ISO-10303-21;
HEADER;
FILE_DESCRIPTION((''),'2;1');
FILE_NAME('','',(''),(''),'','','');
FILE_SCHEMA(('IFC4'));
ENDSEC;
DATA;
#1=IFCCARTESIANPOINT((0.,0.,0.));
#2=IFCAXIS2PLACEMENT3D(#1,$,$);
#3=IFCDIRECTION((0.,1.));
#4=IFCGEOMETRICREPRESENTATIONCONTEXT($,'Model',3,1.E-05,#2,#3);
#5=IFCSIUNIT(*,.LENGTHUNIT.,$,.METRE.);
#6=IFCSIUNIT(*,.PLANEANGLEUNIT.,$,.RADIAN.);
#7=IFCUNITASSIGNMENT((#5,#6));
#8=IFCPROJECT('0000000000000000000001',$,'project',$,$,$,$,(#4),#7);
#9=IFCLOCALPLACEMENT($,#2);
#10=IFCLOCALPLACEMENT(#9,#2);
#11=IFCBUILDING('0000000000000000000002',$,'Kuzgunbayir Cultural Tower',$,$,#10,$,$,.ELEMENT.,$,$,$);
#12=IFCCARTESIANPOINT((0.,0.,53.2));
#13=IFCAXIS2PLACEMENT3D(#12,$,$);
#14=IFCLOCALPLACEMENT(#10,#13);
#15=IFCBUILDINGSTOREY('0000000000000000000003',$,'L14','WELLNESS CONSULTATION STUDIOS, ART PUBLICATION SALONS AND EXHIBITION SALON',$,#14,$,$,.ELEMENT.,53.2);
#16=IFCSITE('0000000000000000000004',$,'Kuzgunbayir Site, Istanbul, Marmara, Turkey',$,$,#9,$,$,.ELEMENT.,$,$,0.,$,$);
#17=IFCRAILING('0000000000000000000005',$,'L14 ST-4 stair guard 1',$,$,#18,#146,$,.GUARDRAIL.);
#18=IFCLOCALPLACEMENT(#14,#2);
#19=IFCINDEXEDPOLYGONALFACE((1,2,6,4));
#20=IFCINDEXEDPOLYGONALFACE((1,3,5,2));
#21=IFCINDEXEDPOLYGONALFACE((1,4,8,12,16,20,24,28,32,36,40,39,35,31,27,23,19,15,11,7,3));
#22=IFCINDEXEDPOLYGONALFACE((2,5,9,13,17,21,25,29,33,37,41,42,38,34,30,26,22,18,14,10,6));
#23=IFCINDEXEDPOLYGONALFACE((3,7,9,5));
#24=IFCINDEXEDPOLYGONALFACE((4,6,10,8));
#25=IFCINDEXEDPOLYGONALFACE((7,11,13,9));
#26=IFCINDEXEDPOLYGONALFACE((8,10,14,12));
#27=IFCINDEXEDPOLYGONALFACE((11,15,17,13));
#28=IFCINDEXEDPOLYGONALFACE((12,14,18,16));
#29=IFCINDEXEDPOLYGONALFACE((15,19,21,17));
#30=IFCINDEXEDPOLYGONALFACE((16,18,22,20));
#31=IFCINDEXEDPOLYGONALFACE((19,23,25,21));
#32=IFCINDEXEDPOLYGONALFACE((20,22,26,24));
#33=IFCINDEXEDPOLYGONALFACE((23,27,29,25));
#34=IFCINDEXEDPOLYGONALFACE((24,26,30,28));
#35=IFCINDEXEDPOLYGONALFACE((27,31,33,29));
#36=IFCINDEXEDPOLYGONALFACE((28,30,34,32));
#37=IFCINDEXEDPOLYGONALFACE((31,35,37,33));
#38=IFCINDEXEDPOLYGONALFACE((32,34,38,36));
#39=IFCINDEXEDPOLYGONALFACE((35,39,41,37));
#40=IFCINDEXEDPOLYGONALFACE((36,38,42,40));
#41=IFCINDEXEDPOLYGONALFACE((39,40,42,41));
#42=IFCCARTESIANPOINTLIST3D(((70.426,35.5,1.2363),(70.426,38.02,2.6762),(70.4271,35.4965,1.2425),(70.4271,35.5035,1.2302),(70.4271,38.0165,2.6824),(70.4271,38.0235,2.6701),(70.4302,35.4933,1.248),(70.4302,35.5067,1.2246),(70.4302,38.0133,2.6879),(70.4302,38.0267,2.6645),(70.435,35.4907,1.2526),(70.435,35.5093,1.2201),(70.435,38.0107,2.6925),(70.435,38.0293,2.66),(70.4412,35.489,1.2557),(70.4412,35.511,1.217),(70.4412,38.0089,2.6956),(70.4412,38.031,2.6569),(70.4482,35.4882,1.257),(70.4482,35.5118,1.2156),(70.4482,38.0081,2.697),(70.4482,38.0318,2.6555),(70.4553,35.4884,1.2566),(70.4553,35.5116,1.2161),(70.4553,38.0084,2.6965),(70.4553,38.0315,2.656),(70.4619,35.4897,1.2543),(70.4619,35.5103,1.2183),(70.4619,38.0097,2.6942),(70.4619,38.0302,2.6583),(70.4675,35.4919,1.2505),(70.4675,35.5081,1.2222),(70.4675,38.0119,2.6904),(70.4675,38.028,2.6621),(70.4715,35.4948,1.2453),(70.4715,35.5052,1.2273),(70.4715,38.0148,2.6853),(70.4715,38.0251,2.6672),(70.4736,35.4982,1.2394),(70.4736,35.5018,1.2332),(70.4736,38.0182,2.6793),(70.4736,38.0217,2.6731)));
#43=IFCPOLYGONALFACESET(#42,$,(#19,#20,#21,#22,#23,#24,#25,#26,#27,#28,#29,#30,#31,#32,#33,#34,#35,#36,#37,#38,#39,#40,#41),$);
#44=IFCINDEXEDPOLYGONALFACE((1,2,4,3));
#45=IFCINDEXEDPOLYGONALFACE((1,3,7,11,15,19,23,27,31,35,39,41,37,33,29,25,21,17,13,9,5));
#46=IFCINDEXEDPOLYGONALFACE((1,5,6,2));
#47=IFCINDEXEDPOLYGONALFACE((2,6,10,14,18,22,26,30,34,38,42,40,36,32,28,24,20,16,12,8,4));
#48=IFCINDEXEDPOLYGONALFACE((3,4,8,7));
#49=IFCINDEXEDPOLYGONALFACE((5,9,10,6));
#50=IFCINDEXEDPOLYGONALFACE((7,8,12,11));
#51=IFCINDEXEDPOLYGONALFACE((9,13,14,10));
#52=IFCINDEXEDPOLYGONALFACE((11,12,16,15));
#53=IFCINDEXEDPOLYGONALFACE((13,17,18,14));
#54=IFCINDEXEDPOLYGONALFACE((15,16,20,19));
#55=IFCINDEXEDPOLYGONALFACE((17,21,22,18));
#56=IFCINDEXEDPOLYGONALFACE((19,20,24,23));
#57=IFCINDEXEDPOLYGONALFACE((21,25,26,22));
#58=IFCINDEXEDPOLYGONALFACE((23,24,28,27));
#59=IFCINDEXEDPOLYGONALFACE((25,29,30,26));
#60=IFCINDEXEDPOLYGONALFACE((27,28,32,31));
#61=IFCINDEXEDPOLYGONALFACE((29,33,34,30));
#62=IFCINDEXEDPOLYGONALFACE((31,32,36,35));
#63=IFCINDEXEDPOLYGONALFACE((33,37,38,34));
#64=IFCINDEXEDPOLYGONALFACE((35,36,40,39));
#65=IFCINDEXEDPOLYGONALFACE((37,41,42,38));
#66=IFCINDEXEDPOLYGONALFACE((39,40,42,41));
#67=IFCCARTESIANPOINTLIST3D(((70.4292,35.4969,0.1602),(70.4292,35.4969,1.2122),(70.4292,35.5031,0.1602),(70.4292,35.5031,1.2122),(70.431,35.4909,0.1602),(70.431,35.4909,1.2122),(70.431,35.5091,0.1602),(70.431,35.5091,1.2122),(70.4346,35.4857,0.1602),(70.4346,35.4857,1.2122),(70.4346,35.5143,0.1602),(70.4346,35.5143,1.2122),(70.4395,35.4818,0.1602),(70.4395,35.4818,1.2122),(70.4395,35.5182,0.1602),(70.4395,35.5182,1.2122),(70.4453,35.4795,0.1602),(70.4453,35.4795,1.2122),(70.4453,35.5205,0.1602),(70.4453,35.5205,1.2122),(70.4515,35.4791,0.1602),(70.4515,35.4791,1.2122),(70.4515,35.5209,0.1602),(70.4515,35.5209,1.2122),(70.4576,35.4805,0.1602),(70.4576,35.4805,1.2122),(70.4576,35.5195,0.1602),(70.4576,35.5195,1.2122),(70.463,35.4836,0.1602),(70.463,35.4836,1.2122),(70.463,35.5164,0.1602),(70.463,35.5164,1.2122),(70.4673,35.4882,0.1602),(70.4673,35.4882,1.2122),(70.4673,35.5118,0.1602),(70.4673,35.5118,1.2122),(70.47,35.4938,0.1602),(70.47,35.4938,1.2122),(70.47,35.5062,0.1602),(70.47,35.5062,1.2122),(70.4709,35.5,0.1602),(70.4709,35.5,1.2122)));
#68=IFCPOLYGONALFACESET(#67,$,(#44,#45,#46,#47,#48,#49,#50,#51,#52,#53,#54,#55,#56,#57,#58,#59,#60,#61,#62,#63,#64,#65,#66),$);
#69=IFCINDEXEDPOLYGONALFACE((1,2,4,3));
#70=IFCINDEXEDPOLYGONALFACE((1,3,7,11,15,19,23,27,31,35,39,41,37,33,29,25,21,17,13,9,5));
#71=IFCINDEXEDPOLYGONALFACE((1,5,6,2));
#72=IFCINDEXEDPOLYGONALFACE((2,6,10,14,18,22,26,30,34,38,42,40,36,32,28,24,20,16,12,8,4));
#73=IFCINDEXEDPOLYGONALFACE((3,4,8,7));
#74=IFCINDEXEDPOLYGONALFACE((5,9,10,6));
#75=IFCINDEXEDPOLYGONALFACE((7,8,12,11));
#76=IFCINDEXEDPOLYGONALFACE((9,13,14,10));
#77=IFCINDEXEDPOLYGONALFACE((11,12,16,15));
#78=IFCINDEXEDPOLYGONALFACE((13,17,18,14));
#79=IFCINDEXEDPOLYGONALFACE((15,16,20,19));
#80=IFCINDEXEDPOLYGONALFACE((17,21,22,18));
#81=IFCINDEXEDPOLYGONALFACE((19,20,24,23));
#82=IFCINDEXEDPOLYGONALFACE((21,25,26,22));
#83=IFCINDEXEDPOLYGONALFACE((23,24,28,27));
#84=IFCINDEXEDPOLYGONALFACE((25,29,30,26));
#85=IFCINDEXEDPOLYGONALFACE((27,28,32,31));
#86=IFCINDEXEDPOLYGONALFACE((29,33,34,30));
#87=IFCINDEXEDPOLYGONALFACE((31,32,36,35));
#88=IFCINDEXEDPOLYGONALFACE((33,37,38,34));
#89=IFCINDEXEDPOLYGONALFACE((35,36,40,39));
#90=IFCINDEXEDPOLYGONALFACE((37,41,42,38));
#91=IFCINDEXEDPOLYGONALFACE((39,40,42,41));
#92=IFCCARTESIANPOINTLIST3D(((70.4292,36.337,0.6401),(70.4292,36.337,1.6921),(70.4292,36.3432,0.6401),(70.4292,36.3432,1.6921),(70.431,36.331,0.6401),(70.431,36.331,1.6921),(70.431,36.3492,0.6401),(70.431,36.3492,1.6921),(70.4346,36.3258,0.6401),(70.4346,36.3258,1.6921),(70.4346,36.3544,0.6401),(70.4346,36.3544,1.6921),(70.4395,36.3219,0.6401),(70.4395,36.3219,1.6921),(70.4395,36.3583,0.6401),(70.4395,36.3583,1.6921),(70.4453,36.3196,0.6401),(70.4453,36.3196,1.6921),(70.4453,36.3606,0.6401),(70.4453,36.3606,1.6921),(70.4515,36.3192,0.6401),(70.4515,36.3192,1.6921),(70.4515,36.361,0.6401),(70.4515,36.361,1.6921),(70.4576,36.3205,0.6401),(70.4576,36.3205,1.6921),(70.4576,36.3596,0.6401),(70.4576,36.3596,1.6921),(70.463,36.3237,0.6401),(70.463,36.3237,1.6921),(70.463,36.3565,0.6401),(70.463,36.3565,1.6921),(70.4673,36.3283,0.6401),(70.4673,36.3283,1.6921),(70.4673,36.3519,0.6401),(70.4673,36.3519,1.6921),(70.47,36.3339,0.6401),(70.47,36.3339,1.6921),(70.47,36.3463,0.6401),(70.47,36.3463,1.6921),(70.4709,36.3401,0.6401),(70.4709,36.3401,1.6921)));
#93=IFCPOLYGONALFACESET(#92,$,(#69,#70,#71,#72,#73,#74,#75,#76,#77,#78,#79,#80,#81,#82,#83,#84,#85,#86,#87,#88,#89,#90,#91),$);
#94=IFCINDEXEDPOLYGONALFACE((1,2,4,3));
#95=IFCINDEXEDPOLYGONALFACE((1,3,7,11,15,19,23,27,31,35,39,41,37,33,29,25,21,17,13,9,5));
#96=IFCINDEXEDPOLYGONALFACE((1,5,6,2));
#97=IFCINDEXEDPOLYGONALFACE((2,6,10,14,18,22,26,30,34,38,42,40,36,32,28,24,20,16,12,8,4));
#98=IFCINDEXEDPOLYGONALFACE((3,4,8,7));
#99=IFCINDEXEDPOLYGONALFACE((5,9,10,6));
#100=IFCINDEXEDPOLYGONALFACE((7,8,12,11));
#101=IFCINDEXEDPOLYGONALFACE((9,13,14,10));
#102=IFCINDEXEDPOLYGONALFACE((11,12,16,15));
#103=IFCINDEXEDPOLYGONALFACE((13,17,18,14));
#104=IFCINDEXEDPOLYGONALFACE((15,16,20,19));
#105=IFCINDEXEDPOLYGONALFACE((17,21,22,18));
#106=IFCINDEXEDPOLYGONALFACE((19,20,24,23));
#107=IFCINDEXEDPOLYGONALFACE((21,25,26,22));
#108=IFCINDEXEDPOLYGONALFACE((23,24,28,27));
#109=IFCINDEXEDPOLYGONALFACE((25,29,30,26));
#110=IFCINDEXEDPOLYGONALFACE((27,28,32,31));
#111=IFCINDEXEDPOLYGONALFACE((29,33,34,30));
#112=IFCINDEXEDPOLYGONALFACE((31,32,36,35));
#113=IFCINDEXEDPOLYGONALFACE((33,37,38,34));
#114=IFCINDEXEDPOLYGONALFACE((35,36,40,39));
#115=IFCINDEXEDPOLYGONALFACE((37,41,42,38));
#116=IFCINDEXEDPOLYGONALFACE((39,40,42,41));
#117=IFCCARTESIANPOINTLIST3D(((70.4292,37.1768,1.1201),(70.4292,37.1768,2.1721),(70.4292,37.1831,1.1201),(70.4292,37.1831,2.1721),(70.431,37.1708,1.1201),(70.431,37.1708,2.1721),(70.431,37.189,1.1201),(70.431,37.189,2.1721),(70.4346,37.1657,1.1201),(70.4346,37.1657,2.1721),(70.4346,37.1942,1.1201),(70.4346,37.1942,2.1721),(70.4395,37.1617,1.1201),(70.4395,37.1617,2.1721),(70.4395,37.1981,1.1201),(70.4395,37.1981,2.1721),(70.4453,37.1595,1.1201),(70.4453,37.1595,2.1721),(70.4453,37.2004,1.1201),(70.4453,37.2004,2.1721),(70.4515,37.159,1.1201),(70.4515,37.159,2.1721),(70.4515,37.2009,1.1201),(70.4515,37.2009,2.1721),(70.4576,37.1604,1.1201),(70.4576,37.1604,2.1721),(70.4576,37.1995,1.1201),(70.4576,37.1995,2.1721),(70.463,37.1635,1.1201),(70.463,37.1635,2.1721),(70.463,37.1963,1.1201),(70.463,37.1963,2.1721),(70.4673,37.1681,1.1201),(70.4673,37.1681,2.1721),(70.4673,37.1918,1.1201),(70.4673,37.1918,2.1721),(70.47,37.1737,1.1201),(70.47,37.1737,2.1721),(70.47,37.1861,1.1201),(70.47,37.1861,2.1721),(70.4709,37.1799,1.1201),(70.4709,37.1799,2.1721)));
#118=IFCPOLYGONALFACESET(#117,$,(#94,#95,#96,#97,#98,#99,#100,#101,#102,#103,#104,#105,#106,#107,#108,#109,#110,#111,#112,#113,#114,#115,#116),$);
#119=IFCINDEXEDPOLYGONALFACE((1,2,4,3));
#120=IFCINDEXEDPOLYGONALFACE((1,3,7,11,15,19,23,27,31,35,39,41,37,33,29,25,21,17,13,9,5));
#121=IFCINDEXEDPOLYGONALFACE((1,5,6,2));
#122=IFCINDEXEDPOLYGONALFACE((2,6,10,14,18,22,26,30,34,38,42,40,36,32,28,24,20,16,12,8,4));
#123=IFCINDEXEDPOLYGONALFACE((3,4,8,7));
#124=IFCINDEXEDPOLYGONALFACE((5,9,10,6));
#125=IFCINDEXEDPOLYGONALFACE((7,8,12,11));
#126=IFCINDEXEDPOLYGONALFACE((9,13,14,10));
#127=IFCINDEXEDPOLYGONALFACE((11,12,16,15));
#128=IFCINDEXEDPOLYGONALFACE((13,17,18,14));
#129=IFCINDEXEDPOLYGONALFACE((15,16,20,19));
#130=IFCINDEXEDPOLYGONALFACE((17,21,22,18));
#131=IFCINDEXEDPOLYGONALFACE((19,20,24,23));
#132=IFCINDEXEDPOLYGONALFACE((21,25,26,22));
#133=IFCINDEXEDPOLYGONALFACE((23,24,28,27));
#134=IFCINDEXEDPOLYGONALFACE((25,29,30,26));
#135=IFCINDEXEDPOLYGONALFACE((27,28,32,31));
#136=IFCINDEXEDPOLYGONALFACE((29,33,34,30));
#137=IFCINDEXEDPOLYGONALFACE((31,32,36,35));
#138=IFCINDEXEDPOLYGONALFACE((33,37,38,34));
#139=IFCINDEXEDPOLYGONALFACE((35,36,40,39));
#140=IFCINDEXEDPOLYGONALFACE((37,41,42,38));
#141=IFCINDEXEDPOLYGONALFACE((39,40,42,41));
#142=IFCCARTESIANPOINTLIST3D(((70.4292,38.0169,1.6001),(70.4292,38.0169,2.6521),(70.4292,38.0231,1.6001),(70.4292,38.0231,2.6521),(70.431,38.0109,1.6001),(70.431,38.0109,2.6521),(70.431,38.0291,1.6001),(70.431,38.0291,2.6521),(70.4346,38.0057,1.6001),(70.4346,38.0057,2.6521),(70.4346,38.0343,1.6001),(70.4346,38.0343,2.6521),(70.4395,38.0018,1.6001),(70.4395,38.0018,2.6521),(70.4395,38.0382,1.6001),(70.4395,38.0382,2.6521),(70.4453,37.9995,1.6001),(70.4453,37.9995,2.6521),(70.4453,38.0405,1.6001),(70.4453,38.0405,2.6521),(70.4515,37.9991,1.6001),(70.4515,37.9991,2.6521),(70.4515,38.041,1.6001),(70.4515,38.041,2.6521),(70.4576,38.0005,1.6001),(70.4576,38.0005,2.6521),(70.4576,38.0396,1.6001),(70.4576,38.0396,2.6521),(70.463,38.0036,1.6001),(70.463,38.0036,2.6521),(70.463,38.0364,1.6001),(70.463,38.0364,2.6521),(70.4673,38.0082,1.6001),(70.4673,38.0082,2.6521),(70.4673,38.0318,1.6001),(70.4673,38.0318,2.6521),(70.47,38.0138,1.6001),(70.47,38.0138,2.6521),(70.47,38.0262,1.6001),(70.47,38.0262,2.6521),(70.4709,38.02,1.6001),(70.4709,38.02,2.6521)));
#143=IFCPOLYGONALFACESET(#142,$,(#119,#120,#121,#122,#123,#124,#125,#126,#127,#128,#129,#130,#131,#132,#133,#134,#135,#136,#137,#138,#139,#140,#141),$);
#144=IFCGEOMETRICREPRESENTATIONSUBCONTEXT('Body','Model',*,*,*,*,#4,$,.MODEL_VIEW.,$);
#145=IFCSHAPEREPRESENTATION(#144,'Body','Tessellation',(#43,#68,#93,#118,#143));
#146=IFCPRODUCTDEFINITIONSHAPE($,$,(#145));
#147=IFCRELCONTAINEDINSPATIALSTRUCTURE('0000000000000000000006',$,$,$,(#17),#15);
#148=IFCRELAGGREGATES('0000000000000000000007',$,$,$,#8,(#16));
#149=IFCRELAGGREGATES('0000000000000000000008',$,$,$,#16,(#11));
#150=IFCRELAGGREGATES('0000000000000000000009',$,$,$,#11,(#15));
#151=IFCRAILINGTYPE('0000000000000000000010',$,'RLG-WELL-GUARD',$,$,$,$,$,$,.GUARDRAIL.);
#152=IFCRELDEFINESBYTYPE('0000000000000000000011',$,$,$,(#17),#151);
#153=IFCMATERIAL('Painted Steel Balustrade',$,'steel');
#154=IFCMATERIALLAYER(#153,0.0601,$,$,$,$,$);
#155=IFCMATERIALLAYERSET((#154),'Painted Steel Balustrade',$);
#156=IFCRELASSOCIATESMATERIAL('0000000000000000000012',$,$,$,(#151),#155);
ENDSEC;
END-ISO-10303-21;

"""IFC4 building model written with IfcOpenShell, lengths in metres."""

from ifc_helpers import new_model, si_unit, direction, frame, origin, origin_2d, place, context, subcontext, project, spatial, circle, extrude, material, layer, layer_set, type_object, element, save


model = new_model("IFC4")

# Units and contexts
model_context = context("Model", 3, precision=1e-05, world=origin(), true_north=direction((0.0, 1.0)))
body_context = subcontext(model_context, "Body", "Model", "MODEL_VIEW")
ifc_project = project(units=[si_unit("LENGTHUNIT", "METRE"), si_unit("PLANEANGLEUNIT", "RADIAN")], contexts=[model_context])

# Site, building, storey
site_placement = place(None, origin())
site = spatial("IfcSite", under=ifc_project, at=site_placement, Name="Kuzgunbayir Site, Istanbul, Marmara, Turkey", CompositionType="ELEMENT", RefElevation=0.0)
building_placement = place(site_placement, origin())
building = spatial("IfcBuilding", under=site, at=building_placement, Name="Kuzgunbayir Cultural Tower", CompositionType="ELEMENT")
storey_placement = place(building_placement, frame((0.0, 0.0, 53.2)))
storey = spatial("IfcBuildingStorey", under=building, at=storey_placement, Name="L14", Description="WELLNESS CONSULTATION STUDIOS, ART PUBLICATION SALONS AND EXHIBITION SALON", CompositionType="ELEMENT", Elevation=53.2)

# Railing
ifc_material_1 = material(Name="Painted Steel Balustrade", Category="steel")
ifc_layer_1 = layer(ifc_material_1, 0.0601)
ifc_layer_set_1 = layer_set([ifc_layer_1], Name="Painted Steel Balustrade")
railing_type = type_object("IfcRailingType", Name="RLG-WELL-GUARD", PredefinedType="GUARDRAIL", material=ifc_layer_set_1)
railing_1_placement = place(storey_placement, frame((70.45, 35.5, 0.1602)))
element("IfcRailing", 1, at=railing_1_placement, inside=storey, type_object=railing_type, Name="L14 ST-4 stair guard 1", PredefinedType="GUARDRAIL", context=body_context, shape_type="SweptSolid", body=[
    extrude(circle(Radius=0.0239, at=origin_2d()), frame((0.0, 0.0, 1.0762), z_axis=(0.0, 0.868253, 0.496121), x_axis=(-1.0, 0.0, 0.0)), (0.0, 0.0, 1.0), 2.9023),
    extrude(circle(Radius=0.021, at=origin_2d()), origin(), (0.0, 0.0, 1.0), 1.052),
    extrude(circle(Radius=0.021, at=origin_2d()), frame((0.0, 0.8401, 0.48)), (0.0, 0.0, 1.0), 1.052),
    extrude(circle(Radius=0.021, at=origin_2d()), frame((0.0, 1.6799, 0.96)), (0.0, 0.0, 1.0), 1.052),
    extrude(circle(Radius=0.021, at=origin_2d()), frame((0.0, 2.52, 1.4399)), (0.0, 0.0, 1.0), 1.052),
])

save(model, "model.ifc")
